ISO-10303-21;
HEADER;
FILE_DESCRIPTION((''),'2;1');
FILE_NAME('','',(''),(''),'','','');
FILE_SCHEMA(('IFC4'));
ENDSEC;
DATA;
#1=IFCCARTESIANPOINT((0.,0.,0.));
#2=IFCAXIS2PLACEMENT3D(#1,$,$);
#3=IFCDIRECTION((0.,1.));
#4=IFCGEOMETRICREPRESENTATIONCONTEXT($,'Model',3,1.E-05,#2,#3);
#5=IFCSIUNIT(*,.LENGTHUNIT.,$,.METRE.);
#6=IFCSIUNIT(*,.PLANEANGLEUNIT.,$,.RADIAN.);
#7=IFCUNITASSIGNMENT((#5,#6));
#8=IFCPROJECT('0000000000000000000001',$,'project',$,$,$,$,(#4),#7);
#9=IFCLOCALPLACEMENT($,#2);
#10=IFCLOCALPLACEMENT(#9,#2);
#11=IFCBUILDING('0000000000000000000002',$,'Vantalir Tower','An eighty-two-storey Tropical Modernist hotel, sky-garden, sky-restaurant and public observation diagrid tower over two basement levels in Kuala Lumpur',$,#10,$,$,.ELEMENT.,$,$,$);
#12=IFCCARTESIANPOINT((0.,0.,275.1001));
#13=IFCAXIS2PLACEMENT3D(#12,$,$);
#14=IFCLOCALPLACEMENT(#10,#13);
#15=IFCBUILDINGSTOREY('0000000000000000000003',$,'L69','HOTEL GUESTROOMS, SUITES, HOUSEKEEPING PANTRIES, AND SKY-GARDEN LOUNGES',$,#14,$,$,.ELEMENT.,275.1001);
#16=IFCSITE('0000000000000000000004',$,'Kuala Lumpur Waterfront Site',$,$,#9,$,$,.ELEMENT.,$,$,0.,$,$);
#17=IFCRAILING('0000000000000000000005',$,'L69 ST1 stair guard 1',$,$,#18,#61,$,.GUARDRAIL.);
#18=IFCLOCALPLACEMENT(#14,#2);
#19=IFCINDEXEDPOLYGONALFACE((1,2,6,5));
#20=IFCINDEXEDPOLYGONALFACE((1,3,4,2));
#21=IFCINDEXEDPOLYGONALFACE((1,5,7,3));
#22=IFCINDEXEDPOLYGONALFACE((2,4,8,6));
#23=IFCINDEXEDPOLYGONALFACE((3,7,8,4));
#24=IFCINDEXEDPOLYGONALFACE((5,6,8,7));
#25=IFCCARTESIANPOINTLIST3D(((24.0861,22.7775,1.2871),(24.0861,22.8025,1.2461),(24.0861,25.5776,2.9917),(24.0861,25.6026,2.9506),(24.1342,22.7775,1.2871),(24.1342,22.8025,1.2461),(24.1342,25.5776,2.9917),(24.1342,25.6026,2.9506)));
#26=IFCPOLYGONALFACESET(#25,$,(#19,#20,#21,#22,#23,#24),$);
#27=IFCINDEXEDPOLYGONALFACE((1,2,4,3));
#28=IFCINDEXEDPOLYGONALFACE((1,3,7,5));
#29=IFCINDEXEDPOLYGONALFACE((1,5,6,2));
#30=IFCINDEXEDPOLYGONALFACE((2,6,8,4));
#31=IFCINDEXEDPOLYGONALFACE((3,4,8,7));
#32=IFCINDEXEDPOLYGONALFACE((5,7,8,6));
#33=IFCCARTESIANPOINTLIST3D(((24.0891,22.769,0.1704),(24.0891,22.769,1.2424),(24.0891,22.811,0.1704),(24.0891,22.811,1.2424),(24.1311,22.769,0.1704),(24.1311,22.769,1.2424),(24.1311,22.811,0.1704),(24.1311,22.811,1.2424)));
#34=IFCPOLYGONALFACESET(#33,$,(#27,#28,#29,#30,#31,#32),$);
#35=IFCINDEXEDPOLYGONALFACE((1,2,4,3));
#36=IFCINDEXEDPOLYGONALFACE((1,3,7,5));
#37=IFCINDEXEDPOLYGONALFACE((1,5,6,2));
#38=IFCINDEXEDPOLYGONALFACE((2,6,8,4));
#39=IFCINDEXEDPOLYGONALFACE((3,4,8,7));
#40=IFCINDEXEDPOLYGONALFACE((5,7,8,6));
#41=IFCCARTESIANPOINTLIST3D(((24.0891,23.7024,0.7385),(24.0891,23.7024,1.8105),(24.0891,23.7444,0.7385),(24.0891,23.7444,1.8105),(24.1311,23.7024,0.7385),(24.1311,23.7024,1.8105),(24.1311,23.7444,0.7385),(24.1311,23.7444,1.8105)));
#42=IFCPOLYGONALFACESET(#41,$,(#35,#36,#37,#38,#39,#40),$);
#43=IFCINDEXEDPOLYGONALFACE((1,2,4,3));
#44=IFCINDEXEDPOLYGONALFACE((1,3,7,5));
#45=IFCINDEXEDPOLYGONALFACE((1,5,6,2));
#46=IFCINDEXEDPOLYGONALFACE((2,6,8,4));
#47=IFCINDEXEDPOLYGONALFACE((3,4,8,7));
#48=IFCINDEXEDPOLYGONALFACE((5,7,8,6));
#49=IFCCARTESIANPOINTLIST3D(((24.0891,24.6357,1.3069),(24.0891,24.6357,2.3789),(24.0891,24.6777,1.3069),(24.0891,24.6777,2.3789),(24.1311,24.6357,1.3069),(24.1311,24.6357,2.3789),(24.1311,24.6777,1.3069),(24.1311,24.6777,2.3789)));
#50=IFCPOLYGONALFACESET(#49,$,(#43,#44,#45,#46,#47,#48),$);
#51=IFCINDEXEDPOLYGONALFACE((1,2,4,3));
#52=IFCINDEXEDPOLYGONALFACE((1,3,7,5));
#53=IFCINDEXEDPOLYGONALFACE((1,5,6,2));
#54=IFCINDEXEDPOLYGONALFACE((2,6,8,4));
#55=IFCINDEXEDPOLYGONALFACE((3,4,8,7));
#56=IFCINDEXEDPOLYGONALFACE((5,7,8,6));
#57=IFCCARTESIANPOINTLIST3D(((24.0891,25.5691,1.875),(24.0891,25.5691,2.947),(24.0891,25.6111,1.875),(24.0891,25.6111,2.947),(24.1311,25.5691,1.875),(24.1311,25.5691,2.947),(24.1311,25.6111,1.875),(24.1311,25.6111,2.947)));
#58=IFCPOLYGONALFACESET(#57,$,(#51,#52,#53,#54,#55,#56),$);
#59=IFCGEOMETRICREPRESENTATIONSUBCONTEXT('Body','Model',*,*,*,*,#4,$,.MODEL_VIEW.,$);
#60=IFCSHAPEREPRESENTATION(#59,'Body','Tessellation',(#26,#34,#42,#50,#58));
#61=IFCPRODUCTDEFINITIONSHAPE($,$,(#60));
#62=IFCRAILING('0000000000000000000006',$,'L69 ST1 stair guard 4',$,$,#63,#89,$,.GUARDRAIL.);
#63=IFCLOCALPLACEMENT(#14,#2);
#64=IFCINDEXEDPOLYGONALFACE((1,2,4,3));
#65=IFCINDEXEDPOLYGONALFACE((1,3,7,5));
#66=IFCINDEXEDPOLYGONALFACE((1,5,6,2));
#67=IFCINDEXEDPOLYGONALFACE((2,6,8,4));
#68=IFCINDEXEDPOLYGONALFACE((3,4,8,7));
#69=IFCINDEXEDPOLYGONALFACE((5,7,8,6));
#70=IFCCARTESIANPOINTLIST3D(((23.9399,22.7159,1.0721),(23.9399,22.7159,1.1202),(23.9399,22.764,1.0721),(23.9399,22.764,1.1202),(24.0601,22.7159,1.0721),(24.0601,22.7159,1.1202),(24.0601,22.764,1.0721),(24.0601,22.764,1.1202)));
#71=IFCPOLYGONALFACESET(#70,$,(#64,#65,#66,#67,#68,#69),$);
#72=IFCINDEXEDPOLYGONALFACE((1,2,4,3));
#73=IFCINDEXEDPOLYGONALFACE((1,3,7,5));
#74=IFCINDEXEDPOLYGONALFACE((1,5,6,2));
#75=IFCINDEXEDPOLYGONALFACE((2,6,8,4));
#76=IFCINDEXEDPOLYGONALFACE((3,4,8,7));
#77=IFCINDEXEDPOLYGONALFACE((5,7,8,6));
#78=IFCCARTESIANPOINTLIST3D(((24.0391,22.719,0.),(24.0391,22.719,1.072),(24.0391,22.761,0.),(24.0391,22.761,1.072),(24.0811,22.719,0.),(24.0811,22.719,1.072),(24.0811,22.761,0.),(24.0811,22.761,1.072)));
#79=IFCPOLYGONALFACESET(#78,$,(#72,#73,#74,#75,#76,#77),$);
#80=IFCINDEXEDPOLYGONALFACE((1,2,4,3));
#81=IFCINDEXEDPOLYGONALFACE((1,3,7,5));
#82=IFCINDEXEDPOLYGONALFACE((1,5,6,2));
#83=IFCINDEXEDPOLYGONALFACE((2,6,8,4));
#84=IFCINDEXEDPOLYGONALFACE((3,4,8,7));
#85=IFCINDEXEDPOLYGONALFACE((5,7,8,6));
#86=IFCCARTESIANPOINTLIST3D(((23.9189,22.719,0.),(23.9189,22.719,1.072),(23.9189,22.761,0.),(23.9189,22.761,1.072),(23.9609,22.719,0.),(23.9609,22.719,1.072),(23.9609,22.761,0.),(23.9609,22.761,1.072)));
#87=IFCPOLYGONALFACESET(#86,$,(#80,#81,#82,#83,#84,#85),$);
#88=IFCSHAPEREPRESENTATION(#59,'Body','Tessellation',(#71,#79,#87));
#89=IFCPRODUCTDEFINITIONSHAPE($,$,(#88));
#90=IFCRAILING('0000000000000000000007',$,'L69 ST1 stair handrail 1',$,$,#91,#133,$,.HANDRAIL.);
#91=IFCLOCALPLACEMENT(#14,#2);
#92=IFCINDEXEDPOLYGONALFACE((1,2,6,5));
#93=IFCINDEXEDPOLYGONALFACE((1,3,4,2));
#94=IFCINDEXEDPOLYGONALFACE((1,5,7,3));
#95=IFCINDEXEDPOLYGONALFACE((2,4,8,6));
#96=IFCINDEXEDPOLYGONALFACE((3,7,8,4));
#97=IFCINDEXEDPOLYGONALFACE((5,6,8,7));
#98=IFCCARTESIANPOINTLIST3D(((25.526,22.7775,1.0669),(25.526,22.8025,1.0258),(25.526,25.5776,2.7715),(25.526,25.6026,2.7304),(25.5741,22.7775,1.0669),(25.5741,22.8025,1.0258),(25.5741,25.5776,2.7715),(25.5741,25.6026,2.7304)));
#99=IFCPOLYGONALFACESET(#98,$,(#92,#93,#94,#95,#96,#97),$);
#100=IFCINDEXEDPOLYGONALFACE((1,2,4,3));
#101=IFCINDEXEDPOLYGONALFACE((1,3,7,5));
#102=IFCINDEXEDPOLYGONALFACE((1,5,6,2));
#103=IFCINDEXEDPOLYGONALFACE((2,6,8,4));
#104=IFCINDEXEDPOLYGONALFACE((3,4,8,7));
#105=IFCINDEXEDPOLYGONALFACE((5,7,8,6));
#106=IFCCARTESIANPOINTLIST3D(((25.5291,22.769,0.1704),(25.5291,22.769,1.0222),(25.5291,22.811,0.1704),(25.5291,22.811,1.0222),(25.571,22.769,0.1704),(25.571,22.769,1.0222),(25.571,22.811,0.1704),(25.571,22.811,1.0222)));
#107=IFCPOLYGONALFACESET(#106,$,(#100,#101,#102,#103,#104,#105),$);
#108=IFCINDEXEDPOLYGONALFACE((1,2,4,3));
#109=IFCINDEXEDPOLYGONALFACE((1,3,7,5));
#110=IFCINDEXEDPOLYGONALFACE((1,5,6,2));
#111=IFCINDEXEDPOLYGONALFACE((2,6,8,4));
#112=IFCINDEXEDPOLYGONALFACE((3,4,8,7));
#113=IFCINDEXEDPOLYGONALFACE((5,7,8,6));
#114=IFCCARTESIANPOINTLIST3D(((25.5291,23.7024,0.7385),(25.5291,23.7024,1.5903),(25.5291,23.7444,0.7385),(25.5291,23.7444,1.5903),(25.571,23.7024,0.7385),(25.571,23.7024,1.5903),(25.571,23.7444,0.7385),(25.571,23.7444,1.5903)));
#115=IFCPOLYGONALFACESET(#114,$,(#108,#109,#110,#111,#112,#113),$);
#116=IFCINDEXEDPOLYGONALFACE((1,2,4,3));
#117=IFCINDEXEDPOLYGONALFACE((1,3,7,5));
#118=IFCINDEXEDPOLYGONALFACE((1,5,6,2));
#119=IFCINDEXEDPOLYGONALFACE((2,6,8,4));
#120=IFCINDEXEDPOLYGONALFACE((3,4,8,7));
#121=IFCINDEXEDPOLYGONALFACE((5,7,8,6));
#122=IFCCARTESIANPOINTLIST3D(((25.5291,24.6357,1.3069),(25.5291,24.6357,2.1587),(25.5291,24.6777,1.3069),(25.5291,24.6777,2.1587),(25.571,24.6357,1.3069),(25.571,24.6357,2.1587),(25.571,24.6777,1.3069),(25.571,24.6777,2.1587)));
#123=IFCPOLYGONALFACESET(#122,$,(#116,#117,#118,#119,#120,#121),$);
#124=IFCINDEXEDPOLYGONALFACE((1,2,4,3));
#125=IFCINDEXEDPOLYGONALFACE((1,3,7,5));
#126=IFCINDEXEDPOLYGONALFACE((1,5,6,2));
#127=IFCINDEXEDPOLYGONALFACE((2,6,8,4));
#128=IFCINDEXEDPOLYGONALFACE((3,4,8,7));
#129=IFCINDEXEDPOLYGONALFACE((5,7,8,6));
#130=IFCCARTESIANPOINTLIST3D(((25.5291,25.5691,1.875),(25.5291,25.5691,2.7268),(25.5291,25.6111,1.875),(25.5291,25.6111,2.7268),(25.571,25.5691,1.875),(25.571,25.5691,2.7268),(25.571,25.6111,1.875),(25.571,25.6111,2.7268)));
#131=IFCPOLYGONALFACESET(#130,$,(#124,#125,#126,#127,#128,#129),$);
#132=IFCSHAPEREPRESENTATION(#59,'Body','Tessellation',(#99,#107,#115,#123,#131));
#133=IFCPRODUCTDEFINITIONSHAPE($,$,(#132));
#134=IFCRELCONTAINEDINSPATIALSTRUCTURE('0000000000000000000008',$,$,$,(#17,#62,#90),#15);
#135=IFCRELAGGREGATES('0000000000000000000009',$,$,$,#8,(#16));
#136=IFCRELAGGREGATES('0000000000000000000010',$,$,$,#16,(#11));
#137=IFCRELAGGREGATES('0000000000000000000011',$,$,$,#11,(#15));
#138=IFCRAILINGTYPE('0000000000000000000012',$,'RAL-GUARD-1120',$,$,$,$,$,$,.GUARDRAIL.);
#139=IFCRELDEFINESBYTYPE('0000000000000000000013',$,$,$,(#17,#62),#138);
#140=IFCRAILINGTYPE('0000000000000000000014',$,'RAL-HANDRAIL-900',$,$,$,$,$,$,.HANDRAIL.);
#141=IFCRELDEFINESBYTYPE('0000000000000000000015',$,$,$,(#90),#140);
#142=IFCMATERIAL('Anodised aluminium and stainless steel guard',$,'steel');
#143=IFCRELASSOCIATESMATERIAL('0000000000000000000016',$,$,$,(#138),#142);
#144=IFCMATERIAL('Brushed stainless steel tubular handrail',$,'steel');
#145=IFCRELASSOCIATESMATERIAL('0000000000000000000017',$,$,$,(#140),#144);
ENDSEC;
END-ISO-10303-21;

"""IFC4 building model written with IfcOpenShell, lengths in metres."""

from ifc_helpers import new_model, si_unit, direction, frame, origin, origin_2d, place, context, subcontext, project, spatial, rectangle, extrude, material, type_object, element, save


model = new_model("IFC4")

# Units and contexts
model_context = context("Model", 3, precision=1e-05, world=origin(), true_north=direction((0.0, 1.0)))
body_context = subcontext(model_context, "Body", "Model", "MODEL_VIEW")
ifc_project = project(units=[si_unit("LENGTHUNIT", "METRE"), si_unit("PLANEANGLEUNIT", "RADIAN")], contexts=[model_context])

# Site, building, storey
site_placement = place(None, origin())
site = spatial("IfcSite", under=ifc_project, at=site_placement, Name="Kuala Lumpur Waterfront Site", CompositionType="ELEMENT", RefElevation=0.0)
building_placement = place(site_placement, origin())
building = spatial("IfcBuilding", under=site, at=building_placement, Name="Vantalir Tower", Description="An eighty-two-storey Tropical Modernist hotel, sky-garden, sky-restaurant and public observation diagrid tower over two basement levels in Kuala Lumpur", CompositionType="ELEMENT")
storey_placement = place(building_placement, frame((0.0, 0.0, 275.1001)))
storey = spatial("IfcBuildingStorey", under=building, at=storey_placement, Name="L69", Description="HOTEL GUESTROOMS, SUITES, HOUSEKEEPING PANTRIES, AND SKY-GARDEN LOUNGES", CompositionType="ELEMENT", Elevation=275.1001)

# Railings
ifc_material_1 = material(Name="Anodised aluminium and stainless steel guard", Category="steel")
railing_type_1 = type_object("IfcRailingType", Name="RAL-GUARD-1120", PredefinedType="GUARDRAIL", material=ifc_material_1)
railing_1_placement = place(storey_placement, frame((24.1101, 22.79, 0.1704)))
element("IfcRailing", 1, at=railing_1_placement, inside=storey, type_object=railing_type_1, Name="L69 ST1 stair guard 1", PredefinedType="GUARDRAIL", context=body_context, shape_type="SweptSolid", body=[
    extrude(rectangle(XDim=0.0481, YDim=0.0481, at=origin_2d()), frame((0.0, 0.0, 1.0962), z_axis=(0.0, 0.85417, 0.519994), x_axis=(-1.0, 0.0, 0.0)), (0.0, 0.0, 1.0), 3.2781),
    extrude(rectangle(XDim=0.042, YDim=0.042, at=origin_2d()), origin(), (0.0, 0.0, 1.0), 1.072),
    extrude(rectangle(XDim=0.042, YDim=0.042, at=origin_2d()), frame((0.0, 0.9333, 0.5681)), (0.0, 0.0, 1.0), 1.072),
    extrude(rectangle(XDim=0.042, YDim=0.042, at=origin_2d()), frame((0.0, 1.8667, 1.1365)), (0.0, 0.0, 1.0), 1.072),
    extrude(rectangle(XDim=0.042, YDim=0.042, at=origin_2d()), frame((0.0, 2.8, 1.7046)), (0.0, 0.0, 1.0), 1.072),
])
railing_2_placement = place(storey_placement, frame((24.0601, 22.74, 0.0)))
element("IfcRailing", 2, at=railing_2_placement, inside=storey, type_object=railing_type_1, Name="L69 ST1 stair guard 4", PredefinedType="GUARDRAIL", context=body_context, shape_type="SweptSolid", body=[
    extrude(rectangle(XDim=0.0481, YDim=0.0481, at=origin_2d()), frame((0.0, 0.0, 1.0962), z_axis=(-1.0, 0.0, 0.0), x_axis=(0.0, -1.0, 0.0)), (0.0, 0.0, 1.0), 0.1201),
    extrude(rectangle(XDim=0.042, YDim=0.042, at=origin_2d()), origin(), (0.0, 0.0, 1.0), 1.072),
    extrude(rectangle(XDim=0.042, YDim=0.042, at=origin_2d()), frame((-0.1201, 0.0, 0.0)), (0.0, 0.0, 1.0), 1.072),
])
ifc_material_2 = material(Name="Brushed stainless steel tubular handrail", Category="steel")
railing_type_2 = type_object("IfcRailingType", Name="RAL-HANDRAIL-900", PredefinedType="HANDRAIL", material=ifc_material_2)
railing_3_placement = place(storey_placement, frame((25.55, 22.79, 0.1704)))
element("IfcRailing", 3, at=railing_3_placement, inside=storey, type_object=railing_type_2, Name="L69 ST1 stair handrail 1", PredefinedType="HANDRAIL", context=body_context, shape_type="SweptSolid", body=[
    extrude(rectangle(XDim=0.0481, YDim=0.0481, at=origin_2d()), frame((0.0, 0.0, 0.876), z_axis=(0.0, 0.85417, 0.519994), x_axis=(-1.0, 0.0, 0.0)), (0.0, 0.0, 1.0), 3.2781),
    extrude(rectangle(XDim=0.042, YDim=0.042, at=origin_2d()), origin(), (0.0, 0.0, 1.0), 0.8518),
    extrude(rectangle(XDim=0.042, YDim=0.042, at=origin_2d()), frame((0.0, 0.9333, 0.5681)), (0.0, 0.0, 1.0), 0.8518),
    extrude(rectangle(XDim=0.042, YDim=0.042, at=origin_2d()), frame((0.0, 1.8667, 1.1365)), (0.0, 0.0, 1.0), 0.8518),
    extrude(rectangle(XDim=0.042, YDim=0.042, at=origin_2d()), frame((0.0, 2.8, 1.7046)), (0.0, 0.0, 1.0), 0.8518),
])

save(model, "model.ifc")
